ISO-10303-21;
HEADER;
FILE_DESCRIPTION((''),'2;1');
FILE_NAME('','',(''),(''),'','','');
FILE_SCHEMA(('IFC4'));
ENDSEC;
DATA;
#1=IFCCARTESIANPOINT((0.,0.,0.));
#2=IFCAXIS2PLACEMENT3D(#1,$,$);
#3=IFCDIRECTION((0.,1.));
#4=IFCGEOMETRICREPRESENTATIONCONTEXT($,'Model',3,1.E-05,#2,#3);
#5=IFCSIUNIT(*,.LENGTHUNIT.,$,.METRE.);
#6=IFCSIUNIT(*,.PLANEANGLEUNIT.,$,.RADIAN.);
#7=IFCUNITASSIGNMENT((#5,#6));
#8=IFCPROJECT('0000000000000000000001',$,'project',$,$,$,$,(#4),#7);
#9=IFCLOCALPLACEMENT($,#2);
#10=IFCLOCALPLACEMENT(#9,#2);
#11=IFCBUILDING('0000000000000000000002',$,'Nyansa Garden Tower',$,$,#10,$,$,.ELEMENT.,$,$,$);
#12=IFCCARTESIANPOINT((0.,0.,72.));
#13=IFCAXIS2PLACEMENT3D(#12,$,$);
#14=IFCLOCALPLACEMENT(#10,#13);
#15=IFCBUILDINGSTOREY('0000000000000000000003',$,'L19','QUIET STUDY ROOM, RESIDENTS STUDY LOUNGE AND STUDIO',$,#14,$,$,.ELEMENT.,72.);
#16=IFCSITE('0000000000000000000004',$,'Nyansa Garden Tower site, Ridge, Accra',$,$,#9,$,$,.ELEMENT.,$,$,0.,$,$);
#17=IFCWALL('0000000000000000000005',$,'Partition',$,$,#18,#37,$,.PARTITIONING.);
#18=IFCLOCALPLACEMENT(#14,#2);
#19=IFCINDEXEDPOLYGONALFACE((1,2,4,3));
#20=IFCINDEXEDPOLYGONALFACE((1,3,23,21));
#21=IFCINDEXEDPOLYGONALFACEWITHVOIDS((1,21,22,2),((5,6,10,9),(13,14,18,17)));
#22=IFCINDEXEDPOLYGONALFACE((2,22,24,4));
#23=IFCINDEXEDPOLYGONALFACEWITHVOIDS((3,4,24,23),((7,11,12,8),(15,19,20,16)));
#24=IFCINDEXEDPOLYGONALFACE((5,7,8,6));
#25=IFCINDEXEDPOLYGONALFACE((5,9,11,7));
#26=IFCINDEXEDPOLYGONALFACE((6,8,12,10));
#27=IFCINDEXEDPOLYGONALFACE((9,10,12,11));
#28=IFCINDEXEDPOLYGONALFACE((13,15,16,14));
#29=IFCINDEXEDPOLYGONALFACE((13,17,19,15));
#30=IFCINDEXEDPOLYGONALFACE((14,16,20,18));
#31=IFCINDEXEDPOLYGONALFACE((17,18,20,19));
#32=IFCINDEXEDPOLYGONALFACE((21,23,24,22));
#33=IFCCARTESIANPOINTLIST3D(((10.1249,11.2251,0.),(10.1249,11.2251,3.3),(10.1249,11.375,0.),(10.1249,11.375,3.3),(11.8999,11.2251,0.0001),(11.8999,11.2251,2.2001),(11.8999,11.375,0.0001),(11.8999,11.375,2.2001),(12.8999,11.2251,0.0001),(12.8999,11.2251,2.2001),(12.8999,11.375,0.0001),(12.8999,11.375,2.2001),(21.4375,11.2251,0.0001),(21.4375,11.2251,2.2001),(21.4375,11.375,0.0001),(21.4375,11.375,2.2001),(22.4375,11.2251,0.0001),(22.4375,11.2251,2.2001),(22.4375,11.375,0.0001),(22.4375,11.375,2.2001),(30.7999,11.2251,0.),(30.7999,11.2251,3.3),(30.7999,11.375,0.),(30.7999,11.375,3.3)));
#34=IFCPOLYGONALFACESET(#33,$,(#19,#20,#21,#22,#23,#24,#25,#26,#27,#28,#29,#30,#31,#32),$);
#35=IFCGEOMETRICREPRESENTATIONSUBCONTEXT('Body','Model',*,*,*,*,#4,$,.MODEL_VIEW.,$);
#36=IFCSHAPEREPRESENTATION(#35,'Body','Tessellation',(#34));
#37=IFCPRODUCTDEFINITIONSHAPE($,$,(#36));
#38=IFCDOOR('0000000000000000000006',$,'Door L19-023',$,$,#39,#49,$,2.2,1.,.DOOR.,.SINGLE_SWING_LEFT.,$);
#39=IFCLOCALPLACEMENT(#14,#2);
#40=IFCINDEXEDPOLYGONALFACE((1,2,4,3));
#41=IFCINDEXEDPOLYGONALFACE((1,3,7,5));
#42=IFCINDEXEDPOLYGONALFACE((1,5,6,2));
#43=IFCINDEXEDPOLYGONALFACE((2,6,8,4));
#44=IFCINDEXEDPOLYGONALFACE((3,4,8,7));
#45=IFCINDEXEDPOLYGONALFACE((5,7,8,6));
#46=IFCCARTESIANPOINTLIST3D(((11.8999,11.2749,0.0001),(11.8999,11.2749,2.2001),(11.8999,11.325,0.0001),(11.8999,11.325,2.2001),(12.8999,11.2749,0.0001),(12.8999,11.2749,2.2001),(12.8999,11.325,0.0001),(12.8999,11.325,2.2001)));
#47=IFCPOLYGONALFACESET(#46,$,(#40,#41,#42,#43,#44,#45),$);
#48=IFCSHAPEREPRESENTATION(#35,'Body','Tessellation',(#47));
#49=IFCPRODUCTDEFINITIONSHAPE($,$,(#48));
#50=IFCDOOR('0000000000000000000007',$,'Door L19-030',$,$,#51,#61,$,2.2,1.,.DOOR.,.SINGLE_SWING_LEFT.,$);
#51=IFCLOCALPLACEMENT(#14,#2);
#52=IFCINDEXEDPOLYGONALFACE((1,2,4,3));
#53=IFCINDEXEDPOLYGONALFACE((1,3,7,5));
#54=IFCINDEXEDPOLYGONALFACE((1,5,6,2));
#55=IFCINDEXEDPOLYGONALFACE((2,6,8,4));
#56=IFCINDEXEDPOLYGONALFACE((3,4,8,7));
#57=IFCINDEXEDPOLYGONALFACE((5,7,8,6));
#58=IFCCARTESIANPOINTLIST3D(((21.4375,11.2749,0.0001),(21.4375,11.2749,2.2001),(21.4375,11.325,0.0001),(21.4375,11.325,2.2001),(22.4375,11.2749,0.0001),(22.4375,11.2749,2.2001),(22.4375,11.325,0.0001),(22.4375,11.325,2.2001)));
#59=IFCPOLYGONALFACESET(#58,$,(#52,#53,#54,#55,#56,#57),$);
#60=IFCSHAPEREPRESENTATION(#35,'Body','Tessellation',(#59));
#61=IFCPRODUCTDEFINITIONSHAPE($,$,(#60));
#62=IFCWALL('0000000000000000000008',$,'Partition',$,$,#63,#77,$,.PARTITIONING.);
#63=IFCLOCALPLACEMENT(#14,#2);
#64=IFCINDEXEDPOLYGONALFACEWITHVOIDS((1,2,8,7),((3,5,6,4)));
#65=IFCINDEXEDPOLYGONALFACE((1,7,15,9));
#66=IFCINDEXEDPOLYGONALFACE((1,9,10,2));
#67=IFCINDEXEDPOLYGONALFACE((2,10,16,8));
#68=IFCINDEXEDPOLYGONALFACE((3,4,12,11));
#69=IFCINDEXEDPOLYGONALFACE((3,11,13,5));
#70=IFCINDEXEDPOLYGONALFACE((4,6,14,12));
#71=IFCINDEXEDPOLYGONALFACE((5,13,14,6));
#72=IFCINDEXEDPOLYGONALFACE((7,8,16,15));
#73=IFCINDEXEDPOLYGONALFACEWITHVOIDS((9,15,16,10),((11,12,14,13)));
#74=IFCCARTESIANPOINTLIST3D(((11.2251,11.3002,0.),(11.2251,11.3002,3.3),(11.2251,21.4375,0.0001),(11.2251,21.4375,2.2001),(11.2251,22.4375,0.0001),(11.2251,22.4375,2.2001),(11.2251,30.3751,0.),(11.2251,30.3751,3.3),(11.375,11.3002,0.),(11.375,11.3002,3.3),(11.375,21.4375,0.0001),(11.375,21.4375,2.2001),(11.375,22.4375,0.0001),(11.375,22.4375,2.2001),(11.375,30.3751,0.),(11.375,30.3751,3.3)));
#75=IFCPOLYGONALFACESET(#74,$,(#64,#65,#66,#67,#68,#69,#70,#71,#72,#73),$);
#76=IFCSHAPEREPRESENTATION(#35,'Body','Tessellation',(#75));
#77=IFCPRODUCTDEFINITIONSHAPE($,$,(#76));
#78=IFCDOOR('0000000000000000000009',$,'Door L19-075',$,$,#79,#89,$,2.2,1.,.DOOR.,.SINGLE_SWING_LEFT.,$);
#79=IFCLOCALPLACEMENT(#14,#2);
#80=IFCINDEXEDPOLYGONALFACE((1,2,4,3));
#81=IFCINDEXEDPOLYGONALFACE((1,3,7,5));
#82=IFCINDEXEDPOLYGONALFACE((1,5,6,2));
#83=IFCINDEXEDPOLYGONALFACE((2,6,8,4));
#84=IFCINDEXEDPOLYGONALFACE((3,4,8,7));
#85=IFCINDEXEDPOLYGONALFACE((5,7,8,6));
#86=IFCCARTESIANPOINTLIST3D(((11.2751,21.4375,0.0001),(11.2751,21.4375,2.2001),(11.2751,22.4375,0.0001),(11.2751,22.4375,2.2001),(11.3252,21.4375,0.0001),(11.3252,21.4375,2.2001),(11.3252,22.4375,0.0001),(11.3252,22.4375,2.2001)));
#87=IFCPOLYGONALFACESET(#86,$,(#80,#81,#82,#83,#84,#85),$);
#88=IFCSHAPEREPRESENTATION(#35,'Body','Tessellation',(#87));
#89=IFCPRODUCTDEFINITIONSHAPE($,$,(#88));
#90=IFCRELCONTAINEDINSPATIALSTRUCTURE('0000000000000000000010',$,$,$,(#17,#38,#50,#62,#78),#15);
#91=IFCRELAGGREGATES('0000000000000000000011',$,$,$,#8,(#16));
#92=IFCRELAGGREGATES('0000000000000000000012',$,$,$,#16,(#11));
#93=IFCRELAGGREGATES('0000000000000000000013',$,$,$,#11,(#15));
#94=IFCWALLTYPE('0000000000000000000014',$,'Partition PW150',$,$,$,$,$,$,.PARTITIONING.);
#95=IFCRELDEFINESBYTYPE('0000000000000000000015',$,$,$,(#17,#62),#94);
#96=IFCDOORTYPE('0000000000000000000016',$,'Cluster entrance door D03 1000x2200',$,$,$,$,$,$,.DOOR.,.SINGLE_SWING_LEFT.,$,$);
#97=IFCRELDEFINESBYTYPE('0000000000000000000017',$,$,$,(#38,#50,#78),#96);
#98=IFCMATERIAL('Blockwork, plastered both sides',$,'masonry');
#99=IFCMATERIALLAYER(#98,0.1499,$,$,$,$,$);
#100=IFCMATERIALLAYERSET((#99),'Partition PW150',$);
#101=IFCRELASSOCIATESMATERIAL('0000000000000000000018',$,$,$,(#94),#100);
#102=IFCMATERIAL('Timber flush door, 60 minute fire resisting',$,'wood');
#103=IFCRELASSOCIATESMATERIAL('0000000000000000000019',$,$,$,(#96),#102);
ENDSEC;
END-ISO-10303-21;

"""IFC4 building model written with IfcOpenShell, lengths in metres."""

from ifc_helpers import new_model, si_unit, direction, frame, frame_2d, origin, place, context, subcontext, project, spatial, rectangle, extrude, material, layer, layer_set, type_object, element, fill, save


model = new_model("IFC4")

# Units and contexts
model_context = context("Model", 3, precision=1e-05, world=origin(), true_north=direction((0.0, 1.0)))
body_context = subcontext(model_context, "Body", "Model", "MODEL_VIEW")
ifc_project = project(units=[si_unit("LENGTHUNIT", "METRE"), si_unit("PLANEANGLEUNIT", "RADIAN")], contexts=[model_context])

# Site, building, storey
site_placement = place(None, origin())
site = spatial("IfcSite", under=ifc_project, at=site_placement, Name="Nyansa Garden Tower site, Ridge, Accra", CompositionType="ELEMENT", RefElevation=0.0)
building_placement = place(site_placement, origin())
building = spatial("IfcBuilding", under=site, at=building_placement, Name="Nyansa Garden Tower", CompositionType="ELEMENT")
storey_placement = place(building_placement, frame((0.0, 0.0, 72.0)))
storey = spatial("IfcBuildingStorey", under=building, at=storey_placement, Name="L19", Description="QUIET STUDY ROOM, RESIDENTS STUDY LOUNGE AND STUDIO", CompositionType="ELEMENT", Elevation=72.0)

# Shared definitions
ifc_material_1 = material(Name="Blockwork, plastered both sides", Category="masonry")
ifc_layer_1 = layer(ifc_material_1, 0.1499)
ifc_layer_set_1 = layer_set([ifc_layer_1], Name="Partition PW150")
wall_type_1 = type_object("IfcWallType", Name="Partition PW150", PredefinedType="PARTITIONING", material=ifc_layer_set_1)

# Wall, openings, doors
wall_1_placement = place(storey_placement, frame((10.125, 11.3, 0.0), z_axis=(0.0, 0.0, 1.0), x_axis=(1.0, 0.0, 0.0)))
wall_1 = element("IfcWall", 1, at=wall_1_placement, inside=storey, type_object=wall_type_1, Name="Partition", PredefinedType="PARTITIONING", context=body_context, shape_type="SweptSolid", body=[
    extrude(rectangle(XDim=20.675, YDim=0.1499, at=frame_2d((10.3374, 0.0))), origin(), (0.0, 0.0, 1.0), 3.3),
])
opening_1_placement = place(wall_1_placement, frame((1.7749, 0.0, 0.0)))
opening_1 = element("IfcOpeningElement", 2, at=opening_1_placement, cuts=wall_1, PredefinedType="OPENING", context=body_context, shape_type="SweptSolid", body=[
    extrude(rectangle(XDim=1.0, YDim=2.2, at=frame_2d((0.5, 1.1001))), frame((0.0, 0.085, 0.0), z_axis=(0.0, -1.0, 0.0), x_axis=(1.0, 0.0, 0.0)), (0.0, 0.0, 1.0), 0.1699),
])
opening_2_placement = place(wall_1_placement, frame((11.3125, 0.0, 0.0)))
opening_2 = element("IfcOpeningElement", 3, at=opening_2_placement, cuts=wall_1, PredefinedType="OPENING", context=body_context, shape_type="SweptSolid", body=[
    extrude(rectangle(XDim=1.0, YDim=2.2, at=frame_2d((0.5, 1.1001))), frame((0.0, 0.085, 0.0), z_axis=(0.0, -1.0, 0.0), x_axis=(1.0, 0.0, 0.0)), (0.0, 0.0, 1.0), 0.1699),
])
ifc_material_2 = material(Name="Timber flush door, 60 minute fire resisting", Category="wood")
door_type_1 = type_object("IfcDoorType", Name="Cluster entrance door D03 1000x2200", OperationType="SINGLE_SWING_LEFT", PredefinedType="DOOR", material=ifc_material_2)
door_1_placement = place(opening_1_placement, origin())
door_1 = element("IfcDoor", 4, at=door_1_placement, inside=storey, type_object=door_type_1, Name="Door L19-023", OperationType="SINGLE_SWING_LEFT", OverallHeight=2.2, OverallWidth=1.0, PredefinedType="DOOR", context=body_context, shape_type="SweptSolid", body=[
    extrude(rectangle(XDim=1.0, YDim=2.2, at=frame_2d((0.5, 1.1001))), frame((0.0, 0.0249, 0.0), z_axis=(0.0, -1.0, 0.0), x_axis=(1.0, 0.0, 0.0)), (0.0, 0.0, 1.0), 0.05),
])
fill(opening_1, door_1)
door_2_placement = place(opening_2_placement, origin())
door_2 = element("IfcDoor", 5, at=door_2_placement, inside=storey, type_object=door_type_1, Name="Door L19-030", OperationType="SINGLE_SWING_LEFT", OverallHeight=2.2, OverallWidth=1.0, PredefinedType="DOOR", context=body_context, shape_type="SweptSolid", body=[
    extrude(rectangle(XDim=1.0, YDim=2.2, at=frame_2d((0.5, 1.1001))), frame((0.0, 0.0249, 0.0), z_axis=(0.0, -1.0, 0.0), x_axis=(1.0, 0.0, 0.0)), (0.0, 0.0, 1.0), 0.05),
])
fill(opening_2, door_2)

# Wall, opening, door
wall_2_placement = place(storey_placement, frame((11.3, 11.3, 0.0), z_axis=(0.0, 0.0, 1.0), x_axis=(0.0, 1.0, 0.0)))
wall_2 = element("IfcWall", 6, at=wall_2_placement, inside=storey, type_object=wall_type_1, Name="Partition", PredefinedType="PARTITIONING", context=body_context, shape_type="SweptSolid", body=[
    extrude(rectangle(XDim=19.075, YDim=0.1499, at=frame_2d((9.5376, 0.0))), origin(), (0.0, 0.0, 1.0), 3.3),
])
opening_3_placement = place(wall_2_placement, frame((10.1375, 0.0, 0.0)))
opening_3 = element("IfcOpeningElement", 7, at=opening_3_placement, cuts=wall_2, PredefinedType="OPENING", context=body_context, shape_type="SweptSolid", body=[
    extrude(rectangle(XDim=1.0, YDim=2.2, at=frame_2d((0.5, 1.1001))), frame((0.0, 0.085, 0.0), z_axis=(0.0, -1.0, 0.0), x_axis=(1.0, 0.0, 0.0)), (0.0, 0.0, 1.0), 0.1699),
])
door_3_placement = place(opening_3_placement, origin())
door_3 = element("IfcDoor", 8, at=door_3_placement, inside=storey, type_object=door_type_1, Name="Door L19-075", OperationType="SINGLE_SWING_LEFT", OverallHeight=2.2, OverallWidth=1.0, PredefinedType="DOOR", context=body_context, shape_type="SweptSolid", body=[
    extrude(rectangle(XDim=1.0, YDim=2.2, at=frame_2d((0.5, 1.1001))), frame((0.0, 0.0249, 0.0), z_axis=(0.0, -1.0, 0.0), x_axis=(1.0, 0.0, 0.0)), (0.0, 0.0, 1.0), 0.05),
])
fill(opening_3, door_3)

save(model, "model.ifc")
